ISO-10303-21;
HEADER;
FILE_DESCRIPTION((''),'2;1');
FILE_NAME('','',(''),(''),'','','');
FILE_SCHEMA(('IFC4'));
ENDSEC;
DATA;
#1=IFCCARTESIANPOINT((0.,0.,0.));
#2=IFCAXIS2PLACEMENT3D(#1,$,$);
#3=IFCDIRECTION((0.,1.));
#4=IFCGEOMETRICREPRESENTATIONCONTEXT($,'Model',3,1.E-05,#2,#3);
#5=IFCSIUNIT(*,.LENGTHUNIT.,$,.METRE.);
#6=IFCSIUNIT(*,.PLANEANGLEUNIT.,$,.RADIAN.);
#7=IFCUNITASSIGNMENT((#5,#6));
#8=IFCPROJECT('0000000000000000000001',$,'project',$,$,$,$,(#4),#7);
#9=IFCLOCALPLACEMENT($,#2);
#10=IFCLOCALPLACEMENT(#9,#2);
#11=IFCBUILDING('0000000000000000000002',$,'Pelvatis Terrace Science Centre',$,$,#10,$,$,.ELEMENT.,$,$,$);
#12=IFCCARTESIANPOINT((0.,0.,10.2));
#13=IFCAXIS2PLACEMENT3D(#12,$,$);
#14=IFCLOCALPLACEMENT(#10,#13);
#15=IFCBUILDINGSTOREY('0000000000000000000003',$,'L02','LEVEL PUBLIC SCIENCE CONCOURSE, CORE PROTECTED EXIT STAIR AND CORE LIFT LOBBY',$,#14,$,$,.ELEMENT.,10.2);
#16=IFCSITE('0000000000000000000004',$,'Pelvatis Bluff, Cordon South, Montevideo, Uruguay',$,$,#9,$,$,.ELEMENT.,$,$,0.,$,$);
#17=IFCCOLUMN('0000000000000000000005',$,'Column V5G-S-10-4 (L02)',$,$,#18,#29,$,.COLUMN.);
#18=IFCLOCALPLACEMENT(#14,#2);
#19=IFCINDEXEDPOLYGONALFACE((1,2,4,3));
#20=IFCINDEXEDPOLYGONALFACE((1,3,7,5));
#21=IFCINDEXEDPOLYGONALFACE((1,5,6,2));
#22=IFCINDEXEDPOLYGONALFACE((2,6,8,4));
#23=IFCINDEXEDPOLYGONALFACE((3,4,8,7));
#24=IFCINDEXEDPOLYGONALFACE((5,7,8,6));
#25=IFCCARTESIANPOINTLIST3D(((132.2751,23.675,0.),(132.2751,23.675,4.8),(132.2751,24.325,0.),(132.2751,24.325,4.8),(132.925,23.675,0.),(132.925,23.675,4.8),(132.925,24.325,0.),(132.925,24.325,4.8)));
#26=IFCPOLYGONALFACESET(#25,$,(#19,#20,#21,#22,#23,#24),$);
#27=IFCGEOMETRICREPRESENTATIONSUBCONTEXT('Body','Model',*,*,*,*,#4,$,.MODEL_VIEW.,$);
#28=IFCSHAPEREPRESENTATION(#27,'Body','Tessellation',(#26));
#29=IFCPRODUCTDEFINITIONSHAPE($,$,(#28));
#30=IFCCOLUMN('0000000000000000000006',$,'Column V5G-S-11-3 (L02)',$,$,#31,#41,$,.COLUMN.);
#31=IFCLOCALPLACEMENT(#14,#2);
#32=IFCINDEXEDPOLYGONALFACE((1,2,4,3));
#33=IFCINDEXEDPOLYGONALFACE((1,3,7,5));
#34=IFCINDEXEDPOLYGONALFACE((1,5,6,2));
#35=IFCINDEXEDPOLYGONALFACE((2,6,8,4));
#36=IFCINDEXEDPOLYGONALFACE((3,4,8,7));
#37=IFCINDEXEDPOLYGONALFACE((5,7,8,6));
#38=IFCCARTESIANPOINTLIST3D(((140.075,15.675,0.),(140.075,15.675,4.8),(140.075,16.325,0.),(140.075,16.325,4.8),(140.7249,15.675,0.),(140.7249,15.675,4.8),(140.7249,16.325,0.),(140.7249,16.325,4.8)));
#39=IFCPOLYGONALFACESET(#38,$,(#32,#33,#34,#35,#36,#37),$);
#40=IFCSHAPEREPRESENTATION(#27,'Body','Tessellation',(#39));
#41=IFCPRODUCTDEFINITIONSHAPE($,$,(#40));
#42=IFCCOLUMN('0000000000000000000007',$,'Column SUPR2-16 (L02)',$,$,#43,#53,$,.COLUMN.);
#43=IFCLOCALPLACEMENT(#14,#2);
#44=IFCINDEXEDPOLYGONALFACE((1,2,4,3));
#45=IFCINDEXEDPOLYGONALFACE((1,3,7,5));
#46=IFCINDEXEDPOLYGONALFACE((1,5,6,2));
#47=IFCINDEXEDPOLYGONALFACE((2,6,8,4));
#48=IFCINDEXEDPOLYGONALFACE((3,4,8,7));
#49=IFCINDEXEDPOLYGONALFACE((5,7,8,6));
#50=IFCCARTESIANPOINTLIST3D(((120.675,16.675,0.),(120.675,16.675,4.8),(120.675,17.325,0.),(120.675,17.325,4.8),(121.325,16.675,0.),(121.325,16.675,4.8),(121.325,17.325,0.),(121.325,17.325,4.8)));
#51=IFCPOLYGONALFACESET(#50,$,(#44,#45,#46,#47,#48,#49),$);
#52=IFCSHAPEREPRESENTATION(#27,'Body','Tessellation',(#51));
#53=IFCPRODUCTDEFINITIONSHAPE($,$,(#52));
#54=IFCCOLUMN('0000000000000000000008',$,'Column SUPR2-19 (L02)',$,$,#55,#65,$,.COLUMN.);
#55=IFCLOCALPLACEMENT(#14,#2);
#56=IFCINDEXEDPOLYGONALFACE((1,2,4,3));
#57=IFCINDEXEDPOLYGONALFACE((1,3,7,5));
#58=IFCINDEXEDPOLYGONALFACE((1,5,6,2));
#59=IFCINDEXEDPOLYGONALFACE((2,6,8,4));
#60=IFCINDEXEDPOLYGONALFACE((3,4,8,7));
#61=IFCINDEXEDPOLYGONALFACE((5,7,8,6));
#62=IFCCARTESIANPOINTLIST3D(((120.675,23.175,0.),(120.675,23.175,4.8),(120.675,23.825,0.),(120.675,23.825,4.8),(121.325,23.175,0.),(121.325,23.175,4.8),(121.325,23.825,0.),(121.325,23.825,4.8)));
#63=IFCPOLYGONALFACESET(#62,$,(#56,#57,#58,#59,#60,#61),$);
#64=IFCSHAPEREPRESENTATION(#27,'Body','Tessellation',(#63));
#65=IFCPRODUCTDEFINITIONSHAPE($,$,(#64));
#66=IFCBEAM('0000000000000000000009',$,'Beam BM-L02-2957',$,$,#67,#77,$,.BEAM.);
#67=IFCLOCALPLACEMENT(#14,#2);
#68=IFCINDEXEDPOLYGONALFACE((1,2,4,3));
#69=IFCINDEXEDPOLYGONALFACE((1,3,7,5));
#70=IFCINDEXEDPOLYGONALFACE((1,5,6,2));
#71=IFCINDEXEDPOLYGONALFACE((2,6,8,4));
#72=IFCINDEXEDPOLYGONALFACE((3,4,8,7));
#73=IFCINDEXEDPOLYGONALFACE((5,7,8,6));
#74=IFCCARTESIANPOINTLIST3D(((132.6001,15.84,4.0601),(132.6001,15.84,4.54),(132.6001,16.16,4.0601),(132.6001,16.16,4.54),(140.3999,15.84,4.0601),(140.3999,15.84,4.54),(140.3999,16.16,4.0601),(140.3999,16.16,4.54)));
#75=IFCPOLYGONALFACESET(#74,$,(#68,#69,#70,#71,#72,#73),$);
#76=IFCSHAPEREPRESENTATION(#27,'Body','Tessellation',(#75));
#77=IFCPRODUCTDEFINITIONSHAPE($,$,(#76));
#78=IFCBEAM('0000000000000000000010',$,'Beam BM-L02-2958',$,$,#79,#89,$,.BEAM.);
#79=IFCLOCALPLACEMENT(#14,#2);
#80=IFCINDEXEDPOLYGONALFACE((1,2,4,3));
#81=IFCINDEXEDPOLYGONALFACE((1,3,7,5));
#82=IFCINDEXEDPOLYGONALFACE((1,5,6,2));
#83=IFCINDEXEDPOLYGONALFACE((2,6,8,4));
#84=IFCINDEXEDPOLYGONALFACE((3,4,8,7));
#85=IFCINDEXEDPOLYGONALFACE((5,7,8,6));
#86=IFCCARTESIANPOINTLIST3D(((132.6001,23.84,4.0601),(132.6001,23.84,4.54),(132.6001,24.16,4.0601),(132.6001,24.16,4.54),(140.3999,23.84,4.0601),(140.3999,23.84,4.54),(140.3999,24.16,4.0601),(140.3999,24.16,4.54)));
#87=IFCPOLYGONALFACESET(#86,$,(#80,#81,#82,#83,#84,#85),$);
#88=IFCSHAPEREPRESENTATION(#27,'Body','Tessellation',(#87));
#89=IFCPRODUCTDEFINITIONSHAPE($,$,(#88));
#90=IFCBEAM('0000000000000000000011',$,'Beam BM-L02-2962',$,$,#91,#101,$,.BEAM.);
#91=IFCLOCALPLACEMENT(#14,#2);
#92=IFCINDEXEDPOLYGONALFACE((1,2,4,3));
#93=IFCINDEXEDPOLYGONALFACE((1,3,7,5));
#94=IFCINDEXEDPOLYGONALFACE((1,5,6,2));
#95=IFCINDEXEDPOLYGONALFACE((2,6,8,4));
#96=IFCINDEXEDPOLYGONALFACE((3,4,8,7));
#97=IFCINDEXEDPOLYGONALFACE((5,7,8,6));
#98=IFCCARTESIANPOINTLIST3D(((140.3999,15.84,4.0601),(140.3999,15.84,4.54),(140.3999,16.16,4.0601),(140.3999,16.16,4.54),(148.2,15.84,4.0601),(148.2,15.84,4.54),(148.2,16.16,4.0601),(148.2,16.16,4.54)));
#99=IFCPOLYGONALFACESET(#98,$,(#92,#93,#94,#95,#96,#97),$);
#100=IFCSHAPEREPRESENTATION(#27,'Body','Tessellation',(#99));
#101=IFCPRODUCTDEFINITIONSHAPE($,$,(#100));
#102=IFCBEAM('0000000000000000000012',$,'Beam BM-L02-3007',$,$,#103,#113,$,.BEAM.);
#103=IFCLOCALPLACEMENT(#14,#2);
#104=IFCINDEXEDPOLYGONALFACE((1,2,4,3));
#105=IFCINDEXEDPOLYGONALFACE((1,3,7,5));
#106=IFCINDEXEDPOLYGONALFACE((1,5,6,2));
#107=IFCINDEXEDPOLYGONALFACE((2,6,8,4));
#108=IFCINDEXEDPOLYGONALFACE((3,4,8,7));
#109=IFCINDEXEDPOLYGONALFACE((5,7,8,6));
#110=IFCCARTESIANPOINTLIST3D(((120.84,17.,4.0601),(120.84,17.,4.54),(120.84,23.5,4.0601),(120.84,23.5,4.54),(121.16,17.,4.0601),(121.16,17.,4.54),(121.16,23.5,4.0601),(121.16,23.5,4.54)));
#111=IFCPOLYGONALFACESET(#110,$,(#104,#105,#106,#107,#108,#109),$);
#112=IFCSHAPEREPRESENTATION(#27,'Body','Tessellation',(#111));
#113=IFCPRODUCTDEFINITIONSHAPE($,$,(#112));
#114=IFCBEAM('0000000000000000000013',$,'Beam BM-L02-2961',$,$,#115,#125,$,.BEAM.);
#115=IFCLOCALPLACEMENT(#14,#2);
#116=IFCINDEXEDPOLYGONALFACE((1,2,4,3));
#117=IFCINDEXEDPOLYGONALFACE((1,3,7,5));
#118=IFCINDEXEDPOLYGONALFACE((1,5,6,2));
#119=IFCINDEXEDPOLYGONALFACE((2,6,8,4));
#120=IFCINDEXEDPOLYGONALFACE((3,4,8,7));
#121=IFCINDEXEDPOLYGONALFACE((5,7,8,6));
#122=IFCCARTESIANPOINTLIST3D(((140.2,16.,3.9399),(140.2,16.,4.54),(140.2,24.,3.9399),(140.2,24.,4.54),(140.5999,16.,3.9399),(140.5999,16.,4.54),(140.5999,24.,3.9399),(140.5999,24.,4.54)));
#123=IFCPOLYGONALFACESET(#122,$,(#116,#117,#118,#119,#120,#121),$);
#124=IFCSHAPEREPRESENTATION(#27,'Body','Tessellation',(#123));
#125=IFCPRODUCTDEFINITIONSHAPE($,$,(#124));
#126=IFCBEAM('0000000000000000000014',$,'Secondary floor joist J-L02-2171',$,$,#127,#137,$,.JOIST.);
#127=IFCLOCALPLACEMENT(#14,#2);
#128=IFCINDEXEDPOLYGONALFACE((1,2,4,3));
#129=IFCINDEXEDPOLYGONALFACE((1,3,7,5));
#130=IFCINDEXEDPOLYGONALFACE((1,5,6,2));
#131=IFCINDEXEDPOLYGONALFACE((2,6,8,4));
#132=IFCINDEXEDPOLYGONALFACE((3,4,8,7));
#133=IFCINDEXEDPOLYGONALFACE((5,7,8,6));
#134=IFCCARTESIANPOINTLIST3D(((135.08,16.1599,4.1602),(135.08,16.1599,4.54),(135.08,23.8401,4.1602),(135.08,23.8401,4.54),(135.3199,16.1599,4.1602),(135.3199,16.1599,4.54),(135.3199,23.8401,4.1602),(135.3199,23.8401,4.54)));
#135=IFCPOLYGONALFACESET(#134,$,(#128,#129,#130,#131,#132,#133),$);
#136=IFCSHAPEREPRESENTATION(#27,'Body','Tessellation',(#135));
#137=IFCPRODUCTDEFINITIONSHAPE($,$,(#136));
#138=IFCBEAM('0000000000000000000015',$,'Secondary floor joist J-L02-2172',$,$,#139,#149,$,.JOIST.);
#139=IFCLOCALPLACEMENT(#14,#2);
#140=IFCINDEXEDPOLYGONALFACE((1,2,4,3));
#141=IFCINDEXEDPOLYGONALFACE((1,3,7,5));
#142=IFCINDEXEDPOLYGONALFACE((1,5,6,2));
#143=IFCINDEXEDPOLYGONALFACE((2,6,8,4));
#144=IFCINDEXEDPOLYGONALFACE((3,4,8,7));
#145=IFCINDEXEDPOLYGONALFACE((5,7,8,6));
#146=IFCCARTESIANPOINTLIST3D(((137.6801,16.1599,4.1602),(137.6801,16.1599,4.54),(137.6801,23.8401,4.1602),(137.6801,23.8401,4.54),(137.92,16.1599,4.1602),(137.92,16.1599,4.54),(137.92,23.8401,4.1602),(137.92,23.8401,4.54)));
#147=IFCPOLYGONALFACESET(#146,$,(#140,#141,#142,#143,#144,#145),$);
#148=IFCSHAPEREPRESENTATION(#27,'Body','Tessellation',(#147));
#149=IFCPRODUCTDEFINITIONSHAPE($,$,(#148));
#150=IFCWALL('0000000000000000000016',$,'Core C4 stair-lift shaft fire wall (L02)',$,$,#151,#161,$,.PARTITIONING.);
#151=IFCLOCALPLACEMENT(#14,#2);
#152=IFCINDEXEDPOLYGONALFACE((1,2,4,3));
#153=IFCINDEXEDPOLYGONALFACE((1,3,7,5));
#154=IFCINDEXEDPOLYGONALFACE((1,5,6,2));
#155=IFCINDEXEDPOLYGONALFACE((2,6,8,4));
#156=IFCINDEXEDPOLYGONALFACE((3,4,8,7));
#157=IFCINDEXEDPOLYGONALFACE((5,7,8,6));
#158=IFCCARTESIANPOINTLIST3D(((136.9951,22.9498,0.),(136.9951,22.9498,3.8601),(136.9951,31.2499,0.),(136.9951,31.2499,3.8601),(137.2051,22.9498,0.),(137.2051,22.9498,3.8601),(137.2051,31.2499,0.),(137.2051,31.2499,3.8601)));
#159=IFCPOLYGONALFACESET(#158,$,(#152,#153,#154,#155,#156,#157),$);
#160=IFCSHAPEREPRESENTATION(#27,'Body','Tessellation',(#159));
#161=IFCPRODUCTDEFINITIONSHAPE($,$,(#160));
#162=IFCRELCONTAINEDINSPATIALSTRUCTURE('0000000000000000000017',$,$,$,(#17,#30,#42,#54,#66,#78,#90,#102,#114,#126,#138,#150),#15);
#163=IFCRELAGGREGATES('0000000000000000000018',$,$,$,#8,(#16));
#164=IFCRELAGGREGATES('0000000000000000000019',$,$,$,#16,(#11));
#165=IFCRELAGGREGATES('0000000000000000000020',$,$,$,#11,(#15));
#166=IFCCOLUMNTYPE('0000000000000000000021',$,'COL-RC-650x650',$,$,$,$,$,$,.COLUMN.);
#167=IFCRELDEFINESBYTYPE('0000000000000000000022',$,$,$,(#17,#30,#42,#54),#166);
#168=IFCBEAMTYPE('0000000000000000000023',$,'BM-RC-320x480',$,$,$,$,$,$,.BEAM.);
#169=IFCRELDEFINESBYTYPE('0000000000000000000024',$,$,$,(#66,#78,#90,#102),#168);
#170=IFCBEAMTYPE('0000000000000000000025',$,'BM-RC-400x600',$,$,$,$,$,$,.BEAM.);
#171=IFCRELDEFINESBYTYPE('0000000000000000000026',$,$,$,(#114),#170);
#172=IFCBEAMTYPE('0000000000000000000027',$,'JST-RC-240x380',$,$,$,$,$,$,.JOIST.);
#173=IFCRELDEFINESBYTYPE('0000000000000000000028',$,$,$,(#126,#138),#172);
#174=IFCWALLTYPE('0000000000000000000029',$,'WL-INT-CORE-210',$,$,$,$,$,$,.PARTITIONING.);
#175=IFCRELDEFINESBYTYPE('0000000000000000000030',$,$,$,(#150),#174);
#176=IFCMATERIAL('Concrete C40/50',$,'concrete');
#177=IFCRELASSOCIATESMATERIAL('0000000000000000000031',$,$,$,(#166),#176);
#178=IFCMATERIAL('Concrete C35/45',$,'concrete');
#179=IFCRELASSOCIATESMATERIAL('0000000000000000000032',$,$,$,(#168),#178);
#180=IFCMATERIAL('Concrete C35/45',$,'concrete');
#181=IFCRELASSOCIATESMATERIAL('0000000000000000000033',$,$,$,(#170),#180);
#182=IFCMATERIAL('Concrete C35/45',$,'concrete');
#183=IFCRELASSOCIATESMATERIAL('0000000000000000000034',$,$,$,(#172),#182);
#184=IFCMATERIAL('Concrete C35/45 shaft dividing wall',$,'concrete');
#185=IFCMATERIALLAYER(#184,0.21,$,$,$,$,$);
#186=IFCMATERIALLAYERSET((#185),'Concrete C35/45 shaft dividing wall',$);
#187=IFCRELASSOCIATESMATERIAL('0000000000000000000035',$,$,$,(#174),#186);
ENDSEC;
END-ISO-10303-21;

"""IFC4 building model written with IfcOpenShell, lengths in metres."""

from ifc_helpers import new_model, si_unit, direction, frame, frame_2d, origin, origin_2d, place, context, subcontext, project, spatial, rectangle, extrude, material, layer, layer_set, material_profile, profile_set, type_object, element, save


model = new_model("IFC4")

# Units and contexts
model_context = context("Model", 3, precision=1e-05, world=origin(), true_north=direction((0.0, 1.0)))
body_context = subcontext(model_context, "Body", "Model", "MODEL_VIEW")
ifc_project = project(units=[si_unit("LENGTHUNIT", "METRE"), si_unit("PLANEANGLEUNIT", "RADIAN")], contexts=[model_context])

# Site, building, storey
site_placement = place(None, origin())
site = spatial("IfcSite", under=ifc_project, at=site_placement, Name="Pelvatis Bluff, Cordon South, Montevideo, Uruguay", CompositionType="ELEMENT", RefElevation=0.0)
building_placement = place(site_placement, origin())
building = spatial("IfcBuilding", under=site, at=building_placement, Name="Pelvatis Terrace Science Centre", CompositionType="ELEMENT")
storey_placement = place(building_placement, frame((0.0, 0.0, 10.2)))
storey = spatial("IfcBuildingStorey", under=building, at=storey_placement, Name="L02", Description="LEVEL PUBLIC SCIENCE CONCOURSE, CORE PROTECTED EXIT STAIR AND CORE LIFT LOBBY", CompositionType="ELEMENT", Elevation=10.2)

# Columns
ifc_material_1 = material(Name="Concrete C40/50", Category="concrete")
ifc_material_profile_1 = material_profile(ifc_material_1, rectangle(XDim=0.6499, YDim=0.6499, at=origin_2d()), Name="RC-COL 650x650")
ifc_profile_set_1 = profile_set([ifc_material_profile_1], Name="Concrete C40/50")
column_type = type_object("IfcColumnType", Name="COL-RC-650x650", PredefinedType="COLUMN", material=ifc_profile_set_1)
for number, where, z_axis, x_axis, name in (
    (1, (132.6001, 24.0, 0.0), (0.0, 0.0, 1.0), (1.0, 0.0, 0.0), "Column V5G-S-10-4 (L02)"),
    (2, (140.3999, 16.0, 0.0), (0.0, 0.0, 1.0), (1.0, 0.0, 0.0), "Column V5G-S-11-3 (L02)"),
    (3, (121.0, 17.0, 0.0), (0.0, 0.0, 1.0), (1.0, 0.0, 0.0), "Column SUPR2-16 (L02)"),
    (4, (121.0, 23.5, 0.0), (0.0, 0.0, 1.0), (1.0, 0.0, 0.0), "Column SUPR2-19 (L02)"),
):
    element("IfcColumn", number, at=place(storey_placement, frame(where, z_axis=z_axis, x_axis=x_axis)), inside=storey, type_object=column_type, Name=name, PredefinedType="COLUMN", context=body_context, shape_type="SweptSolid", body=[
        extrude(rectangle(XDim=0.6499, YDim=0.6499, at=origin_2d()), origin(), (0.0, 0.0, 1.0), 4.8),
    ])

# Beams
ifc_material_2 = material(Name="Concrete C35/45", Category="concrete")
ifc_material_profile_2 = material_profile(ifc_material_2, rectangle(XDim=0.3201, YDim=0.48, at=origin_2d()), Name="RC-BM 320x480")
ifc_profile_set_2 = profile_set([ifc_material_profile_2], Name="Concrete C35/45")
beam_type_1 = type_object("IfcBeamType", Name="BM-RC-320x480", PredefinedType="BEAM", material=ifc_profile_set_2)
for number, where, z_axis, x_axis, name in (
    (5, (132.6001, 16.0, 4.3), (1.0, 0.0, 0.0), (0.0, 1.0, 0.0), "Beam BM-L02-2957"),
    (6, (132.6001, 24.0, 4.3), (1.0, 0.0, 0.0), (0.0, 1.0, 0.0), "Beam BM-L02-2958"),
):
    element("IfcBeam", number, at=place(storey_placement, frame(where, z_axis=z_axis, x_axis=x_axis)), inside=storey, type_object=beam_type_1, Name=name, PredefinedType="BEAM", context=body_context, shape_type="SweptSolid", body=[
        extrude(rectangle(XDim=0.3201, YDim=0.48, at=origin_2d()), origin(), (0.0, 0.0, 1.0), 7.7998),
    ])
beam_1_placement = place(storey_placement, frame((140.3999, 16.0, 4.3), z_axis=(1.0, 0.0, 0.0), x_axis=(0.0, 1.0, 0.0)))
element("IfcBeam", 7, at=beam_1_placement, inside=storey, type_object=beam_type_1, Name="Beam BM-L02-2962", PredefinedType="BEAM", context=body_context, shape_type="SweptSolid", body=[
    extrude(rectangle(XDim=0.3201, YDim=0.48, at=origin_2d()), origin(), (0.0, 0.0, 1.0), 7.8),
])
beam_2_placement = place(storey_placement, frame((121.0, 17.0, 4.3), z_axis=(0.0, 1.0, 0.0), x_axis=(-1.0, 0.0, 0.0)))
element("IfcBeam", 8, at=beam_2_placement, inside=storey, type_object=beam_type_1, Name="Beam BM-L02-3007", PredefinedType="BEAM", context=body_context, shape_type="SweptSolid", body=[
    extrude(rectangle(XDim=0.3201, YDim=0.48, at=origin_2d()), origin(), (0.0, 0.0, 1.0), 6.5),
])
ifc_material_3 = material(Name="Concrete C35/45", Category="concrete")
ifc_material_profile_3 = material_profile(ifc_material_3, rectangle(XDim=0.3999, YDim=0.6001, at=origin_2d()), Name="RC-BM 400x600")
ifc_profile_set_3 = profile_set([ifc_material_profile_3], Name="Concrete C35/45")
beam_type_2 = type_object("IfcBeamType", Name="BM-RC-400x600", PredefinedType="BEAM", material=ifc_profile_set_3)
beam_3_placement = place(storey_placement, frame((140.3999, 16.0, 4.24), z_axis=(0.0, 1.0, 0.0), x_axis=(-1.0, 0.0, 0.0)))
element("IfcBeam", 9, at=beam_3_placement, inside=storey, type_object=beam_type_2, Name="Beam BM-L02-2961", PredefinedType="BEAM", context=body_context, shape_type="SweptSolid", body=[
    extrude(rectangle(XDim=0.3999, YDim=0.6001, at=origin_2d()), origin(), (0.0, 0.0, 1.0), 8.0),
])
ifc_material_4 = material(Name="Concrete C35/45", Category="concrete")
ifc_material_profile_4 = material_profile(ifc_material_4, rectangle(XDim=0.24, YDim=0.3799, at=origin_2d()), Name="RC-JST 240x380")
ifc_profile_set_4 = profile_set([ifc_material_profile_4], Name="Concrete C35/45")
beam_type_3 = type_object("IfcBeamType", Name="JST-RC-240x380", PredefinedType="JOIST", material=ifc_profile_set_4)
for number, where, z_axis, x_axis, name in (
    (10, (135.2, 16.1599, 4.3501), (0.0, 1.0, 0.0), (-1.0, 0.0, 0.0), "Secondary floor joist J-L02-2171"),
    (11, (137.8, 16.1599, 4.3501), (0.0, 1.0, 0.0), (-1.0, 0.0, 0.0), "Secondary floor joist J-L02-2172"),
):
    element("IfcBeam", number, at=place(storey_placement, frame(where, z_axis=z_axis, x_axis=x_axis)), inside=storey, type_object=beam_type_3, Name=name, PredefinedType="JOIST", context=body_context, shape_type="SweptSolid", body=[
        extrude(rectangle(XDim=0.24, YDim=0.3799, at=origin_2d()), origin(), (0.0, 0.0, 1.0), 7.6802),
    ])

# Wall
ifc_material_5 = material(Name="Concrete C35/45 shaft dividing wall", Category="concrete")
ifc_layer_1 = layer(ifc_material_5, 0.21)
ifc_layer_set_1 = layer_set([ifc_layer_1], Name="Concrete C35/45 shaft dividing wall")
wall_type_1 = type_object("IfcWallType", Name="WL-INT-CORE-210", PredefinedType="PARTITIONING", material=ifc_layer_set_1)
wall_1_placement = place(storey_placement, frame((137.1001, 22.95, 0.0), z_axis=(0.0, 0.0, 1.0), x_axis=(0.0, 1.0, 0.0)))
element("IfcWall", 12, at=wall_1_placement, inside=storey, type_object=wall_type_1, Name="Core C4 stair-lift shaft fire wall (L02)", PredefinedType="PARTITIONING", context=body_context, shape_type="SweptSolid", body=[
    extrude(rectangle(XDim=8.3, YDim=0.21, at=frame_2d((4.1499, 0.0))), origin(), (0.0, 0.0, 1.0), 3.8601),
])

save(model, "model.ifc")
